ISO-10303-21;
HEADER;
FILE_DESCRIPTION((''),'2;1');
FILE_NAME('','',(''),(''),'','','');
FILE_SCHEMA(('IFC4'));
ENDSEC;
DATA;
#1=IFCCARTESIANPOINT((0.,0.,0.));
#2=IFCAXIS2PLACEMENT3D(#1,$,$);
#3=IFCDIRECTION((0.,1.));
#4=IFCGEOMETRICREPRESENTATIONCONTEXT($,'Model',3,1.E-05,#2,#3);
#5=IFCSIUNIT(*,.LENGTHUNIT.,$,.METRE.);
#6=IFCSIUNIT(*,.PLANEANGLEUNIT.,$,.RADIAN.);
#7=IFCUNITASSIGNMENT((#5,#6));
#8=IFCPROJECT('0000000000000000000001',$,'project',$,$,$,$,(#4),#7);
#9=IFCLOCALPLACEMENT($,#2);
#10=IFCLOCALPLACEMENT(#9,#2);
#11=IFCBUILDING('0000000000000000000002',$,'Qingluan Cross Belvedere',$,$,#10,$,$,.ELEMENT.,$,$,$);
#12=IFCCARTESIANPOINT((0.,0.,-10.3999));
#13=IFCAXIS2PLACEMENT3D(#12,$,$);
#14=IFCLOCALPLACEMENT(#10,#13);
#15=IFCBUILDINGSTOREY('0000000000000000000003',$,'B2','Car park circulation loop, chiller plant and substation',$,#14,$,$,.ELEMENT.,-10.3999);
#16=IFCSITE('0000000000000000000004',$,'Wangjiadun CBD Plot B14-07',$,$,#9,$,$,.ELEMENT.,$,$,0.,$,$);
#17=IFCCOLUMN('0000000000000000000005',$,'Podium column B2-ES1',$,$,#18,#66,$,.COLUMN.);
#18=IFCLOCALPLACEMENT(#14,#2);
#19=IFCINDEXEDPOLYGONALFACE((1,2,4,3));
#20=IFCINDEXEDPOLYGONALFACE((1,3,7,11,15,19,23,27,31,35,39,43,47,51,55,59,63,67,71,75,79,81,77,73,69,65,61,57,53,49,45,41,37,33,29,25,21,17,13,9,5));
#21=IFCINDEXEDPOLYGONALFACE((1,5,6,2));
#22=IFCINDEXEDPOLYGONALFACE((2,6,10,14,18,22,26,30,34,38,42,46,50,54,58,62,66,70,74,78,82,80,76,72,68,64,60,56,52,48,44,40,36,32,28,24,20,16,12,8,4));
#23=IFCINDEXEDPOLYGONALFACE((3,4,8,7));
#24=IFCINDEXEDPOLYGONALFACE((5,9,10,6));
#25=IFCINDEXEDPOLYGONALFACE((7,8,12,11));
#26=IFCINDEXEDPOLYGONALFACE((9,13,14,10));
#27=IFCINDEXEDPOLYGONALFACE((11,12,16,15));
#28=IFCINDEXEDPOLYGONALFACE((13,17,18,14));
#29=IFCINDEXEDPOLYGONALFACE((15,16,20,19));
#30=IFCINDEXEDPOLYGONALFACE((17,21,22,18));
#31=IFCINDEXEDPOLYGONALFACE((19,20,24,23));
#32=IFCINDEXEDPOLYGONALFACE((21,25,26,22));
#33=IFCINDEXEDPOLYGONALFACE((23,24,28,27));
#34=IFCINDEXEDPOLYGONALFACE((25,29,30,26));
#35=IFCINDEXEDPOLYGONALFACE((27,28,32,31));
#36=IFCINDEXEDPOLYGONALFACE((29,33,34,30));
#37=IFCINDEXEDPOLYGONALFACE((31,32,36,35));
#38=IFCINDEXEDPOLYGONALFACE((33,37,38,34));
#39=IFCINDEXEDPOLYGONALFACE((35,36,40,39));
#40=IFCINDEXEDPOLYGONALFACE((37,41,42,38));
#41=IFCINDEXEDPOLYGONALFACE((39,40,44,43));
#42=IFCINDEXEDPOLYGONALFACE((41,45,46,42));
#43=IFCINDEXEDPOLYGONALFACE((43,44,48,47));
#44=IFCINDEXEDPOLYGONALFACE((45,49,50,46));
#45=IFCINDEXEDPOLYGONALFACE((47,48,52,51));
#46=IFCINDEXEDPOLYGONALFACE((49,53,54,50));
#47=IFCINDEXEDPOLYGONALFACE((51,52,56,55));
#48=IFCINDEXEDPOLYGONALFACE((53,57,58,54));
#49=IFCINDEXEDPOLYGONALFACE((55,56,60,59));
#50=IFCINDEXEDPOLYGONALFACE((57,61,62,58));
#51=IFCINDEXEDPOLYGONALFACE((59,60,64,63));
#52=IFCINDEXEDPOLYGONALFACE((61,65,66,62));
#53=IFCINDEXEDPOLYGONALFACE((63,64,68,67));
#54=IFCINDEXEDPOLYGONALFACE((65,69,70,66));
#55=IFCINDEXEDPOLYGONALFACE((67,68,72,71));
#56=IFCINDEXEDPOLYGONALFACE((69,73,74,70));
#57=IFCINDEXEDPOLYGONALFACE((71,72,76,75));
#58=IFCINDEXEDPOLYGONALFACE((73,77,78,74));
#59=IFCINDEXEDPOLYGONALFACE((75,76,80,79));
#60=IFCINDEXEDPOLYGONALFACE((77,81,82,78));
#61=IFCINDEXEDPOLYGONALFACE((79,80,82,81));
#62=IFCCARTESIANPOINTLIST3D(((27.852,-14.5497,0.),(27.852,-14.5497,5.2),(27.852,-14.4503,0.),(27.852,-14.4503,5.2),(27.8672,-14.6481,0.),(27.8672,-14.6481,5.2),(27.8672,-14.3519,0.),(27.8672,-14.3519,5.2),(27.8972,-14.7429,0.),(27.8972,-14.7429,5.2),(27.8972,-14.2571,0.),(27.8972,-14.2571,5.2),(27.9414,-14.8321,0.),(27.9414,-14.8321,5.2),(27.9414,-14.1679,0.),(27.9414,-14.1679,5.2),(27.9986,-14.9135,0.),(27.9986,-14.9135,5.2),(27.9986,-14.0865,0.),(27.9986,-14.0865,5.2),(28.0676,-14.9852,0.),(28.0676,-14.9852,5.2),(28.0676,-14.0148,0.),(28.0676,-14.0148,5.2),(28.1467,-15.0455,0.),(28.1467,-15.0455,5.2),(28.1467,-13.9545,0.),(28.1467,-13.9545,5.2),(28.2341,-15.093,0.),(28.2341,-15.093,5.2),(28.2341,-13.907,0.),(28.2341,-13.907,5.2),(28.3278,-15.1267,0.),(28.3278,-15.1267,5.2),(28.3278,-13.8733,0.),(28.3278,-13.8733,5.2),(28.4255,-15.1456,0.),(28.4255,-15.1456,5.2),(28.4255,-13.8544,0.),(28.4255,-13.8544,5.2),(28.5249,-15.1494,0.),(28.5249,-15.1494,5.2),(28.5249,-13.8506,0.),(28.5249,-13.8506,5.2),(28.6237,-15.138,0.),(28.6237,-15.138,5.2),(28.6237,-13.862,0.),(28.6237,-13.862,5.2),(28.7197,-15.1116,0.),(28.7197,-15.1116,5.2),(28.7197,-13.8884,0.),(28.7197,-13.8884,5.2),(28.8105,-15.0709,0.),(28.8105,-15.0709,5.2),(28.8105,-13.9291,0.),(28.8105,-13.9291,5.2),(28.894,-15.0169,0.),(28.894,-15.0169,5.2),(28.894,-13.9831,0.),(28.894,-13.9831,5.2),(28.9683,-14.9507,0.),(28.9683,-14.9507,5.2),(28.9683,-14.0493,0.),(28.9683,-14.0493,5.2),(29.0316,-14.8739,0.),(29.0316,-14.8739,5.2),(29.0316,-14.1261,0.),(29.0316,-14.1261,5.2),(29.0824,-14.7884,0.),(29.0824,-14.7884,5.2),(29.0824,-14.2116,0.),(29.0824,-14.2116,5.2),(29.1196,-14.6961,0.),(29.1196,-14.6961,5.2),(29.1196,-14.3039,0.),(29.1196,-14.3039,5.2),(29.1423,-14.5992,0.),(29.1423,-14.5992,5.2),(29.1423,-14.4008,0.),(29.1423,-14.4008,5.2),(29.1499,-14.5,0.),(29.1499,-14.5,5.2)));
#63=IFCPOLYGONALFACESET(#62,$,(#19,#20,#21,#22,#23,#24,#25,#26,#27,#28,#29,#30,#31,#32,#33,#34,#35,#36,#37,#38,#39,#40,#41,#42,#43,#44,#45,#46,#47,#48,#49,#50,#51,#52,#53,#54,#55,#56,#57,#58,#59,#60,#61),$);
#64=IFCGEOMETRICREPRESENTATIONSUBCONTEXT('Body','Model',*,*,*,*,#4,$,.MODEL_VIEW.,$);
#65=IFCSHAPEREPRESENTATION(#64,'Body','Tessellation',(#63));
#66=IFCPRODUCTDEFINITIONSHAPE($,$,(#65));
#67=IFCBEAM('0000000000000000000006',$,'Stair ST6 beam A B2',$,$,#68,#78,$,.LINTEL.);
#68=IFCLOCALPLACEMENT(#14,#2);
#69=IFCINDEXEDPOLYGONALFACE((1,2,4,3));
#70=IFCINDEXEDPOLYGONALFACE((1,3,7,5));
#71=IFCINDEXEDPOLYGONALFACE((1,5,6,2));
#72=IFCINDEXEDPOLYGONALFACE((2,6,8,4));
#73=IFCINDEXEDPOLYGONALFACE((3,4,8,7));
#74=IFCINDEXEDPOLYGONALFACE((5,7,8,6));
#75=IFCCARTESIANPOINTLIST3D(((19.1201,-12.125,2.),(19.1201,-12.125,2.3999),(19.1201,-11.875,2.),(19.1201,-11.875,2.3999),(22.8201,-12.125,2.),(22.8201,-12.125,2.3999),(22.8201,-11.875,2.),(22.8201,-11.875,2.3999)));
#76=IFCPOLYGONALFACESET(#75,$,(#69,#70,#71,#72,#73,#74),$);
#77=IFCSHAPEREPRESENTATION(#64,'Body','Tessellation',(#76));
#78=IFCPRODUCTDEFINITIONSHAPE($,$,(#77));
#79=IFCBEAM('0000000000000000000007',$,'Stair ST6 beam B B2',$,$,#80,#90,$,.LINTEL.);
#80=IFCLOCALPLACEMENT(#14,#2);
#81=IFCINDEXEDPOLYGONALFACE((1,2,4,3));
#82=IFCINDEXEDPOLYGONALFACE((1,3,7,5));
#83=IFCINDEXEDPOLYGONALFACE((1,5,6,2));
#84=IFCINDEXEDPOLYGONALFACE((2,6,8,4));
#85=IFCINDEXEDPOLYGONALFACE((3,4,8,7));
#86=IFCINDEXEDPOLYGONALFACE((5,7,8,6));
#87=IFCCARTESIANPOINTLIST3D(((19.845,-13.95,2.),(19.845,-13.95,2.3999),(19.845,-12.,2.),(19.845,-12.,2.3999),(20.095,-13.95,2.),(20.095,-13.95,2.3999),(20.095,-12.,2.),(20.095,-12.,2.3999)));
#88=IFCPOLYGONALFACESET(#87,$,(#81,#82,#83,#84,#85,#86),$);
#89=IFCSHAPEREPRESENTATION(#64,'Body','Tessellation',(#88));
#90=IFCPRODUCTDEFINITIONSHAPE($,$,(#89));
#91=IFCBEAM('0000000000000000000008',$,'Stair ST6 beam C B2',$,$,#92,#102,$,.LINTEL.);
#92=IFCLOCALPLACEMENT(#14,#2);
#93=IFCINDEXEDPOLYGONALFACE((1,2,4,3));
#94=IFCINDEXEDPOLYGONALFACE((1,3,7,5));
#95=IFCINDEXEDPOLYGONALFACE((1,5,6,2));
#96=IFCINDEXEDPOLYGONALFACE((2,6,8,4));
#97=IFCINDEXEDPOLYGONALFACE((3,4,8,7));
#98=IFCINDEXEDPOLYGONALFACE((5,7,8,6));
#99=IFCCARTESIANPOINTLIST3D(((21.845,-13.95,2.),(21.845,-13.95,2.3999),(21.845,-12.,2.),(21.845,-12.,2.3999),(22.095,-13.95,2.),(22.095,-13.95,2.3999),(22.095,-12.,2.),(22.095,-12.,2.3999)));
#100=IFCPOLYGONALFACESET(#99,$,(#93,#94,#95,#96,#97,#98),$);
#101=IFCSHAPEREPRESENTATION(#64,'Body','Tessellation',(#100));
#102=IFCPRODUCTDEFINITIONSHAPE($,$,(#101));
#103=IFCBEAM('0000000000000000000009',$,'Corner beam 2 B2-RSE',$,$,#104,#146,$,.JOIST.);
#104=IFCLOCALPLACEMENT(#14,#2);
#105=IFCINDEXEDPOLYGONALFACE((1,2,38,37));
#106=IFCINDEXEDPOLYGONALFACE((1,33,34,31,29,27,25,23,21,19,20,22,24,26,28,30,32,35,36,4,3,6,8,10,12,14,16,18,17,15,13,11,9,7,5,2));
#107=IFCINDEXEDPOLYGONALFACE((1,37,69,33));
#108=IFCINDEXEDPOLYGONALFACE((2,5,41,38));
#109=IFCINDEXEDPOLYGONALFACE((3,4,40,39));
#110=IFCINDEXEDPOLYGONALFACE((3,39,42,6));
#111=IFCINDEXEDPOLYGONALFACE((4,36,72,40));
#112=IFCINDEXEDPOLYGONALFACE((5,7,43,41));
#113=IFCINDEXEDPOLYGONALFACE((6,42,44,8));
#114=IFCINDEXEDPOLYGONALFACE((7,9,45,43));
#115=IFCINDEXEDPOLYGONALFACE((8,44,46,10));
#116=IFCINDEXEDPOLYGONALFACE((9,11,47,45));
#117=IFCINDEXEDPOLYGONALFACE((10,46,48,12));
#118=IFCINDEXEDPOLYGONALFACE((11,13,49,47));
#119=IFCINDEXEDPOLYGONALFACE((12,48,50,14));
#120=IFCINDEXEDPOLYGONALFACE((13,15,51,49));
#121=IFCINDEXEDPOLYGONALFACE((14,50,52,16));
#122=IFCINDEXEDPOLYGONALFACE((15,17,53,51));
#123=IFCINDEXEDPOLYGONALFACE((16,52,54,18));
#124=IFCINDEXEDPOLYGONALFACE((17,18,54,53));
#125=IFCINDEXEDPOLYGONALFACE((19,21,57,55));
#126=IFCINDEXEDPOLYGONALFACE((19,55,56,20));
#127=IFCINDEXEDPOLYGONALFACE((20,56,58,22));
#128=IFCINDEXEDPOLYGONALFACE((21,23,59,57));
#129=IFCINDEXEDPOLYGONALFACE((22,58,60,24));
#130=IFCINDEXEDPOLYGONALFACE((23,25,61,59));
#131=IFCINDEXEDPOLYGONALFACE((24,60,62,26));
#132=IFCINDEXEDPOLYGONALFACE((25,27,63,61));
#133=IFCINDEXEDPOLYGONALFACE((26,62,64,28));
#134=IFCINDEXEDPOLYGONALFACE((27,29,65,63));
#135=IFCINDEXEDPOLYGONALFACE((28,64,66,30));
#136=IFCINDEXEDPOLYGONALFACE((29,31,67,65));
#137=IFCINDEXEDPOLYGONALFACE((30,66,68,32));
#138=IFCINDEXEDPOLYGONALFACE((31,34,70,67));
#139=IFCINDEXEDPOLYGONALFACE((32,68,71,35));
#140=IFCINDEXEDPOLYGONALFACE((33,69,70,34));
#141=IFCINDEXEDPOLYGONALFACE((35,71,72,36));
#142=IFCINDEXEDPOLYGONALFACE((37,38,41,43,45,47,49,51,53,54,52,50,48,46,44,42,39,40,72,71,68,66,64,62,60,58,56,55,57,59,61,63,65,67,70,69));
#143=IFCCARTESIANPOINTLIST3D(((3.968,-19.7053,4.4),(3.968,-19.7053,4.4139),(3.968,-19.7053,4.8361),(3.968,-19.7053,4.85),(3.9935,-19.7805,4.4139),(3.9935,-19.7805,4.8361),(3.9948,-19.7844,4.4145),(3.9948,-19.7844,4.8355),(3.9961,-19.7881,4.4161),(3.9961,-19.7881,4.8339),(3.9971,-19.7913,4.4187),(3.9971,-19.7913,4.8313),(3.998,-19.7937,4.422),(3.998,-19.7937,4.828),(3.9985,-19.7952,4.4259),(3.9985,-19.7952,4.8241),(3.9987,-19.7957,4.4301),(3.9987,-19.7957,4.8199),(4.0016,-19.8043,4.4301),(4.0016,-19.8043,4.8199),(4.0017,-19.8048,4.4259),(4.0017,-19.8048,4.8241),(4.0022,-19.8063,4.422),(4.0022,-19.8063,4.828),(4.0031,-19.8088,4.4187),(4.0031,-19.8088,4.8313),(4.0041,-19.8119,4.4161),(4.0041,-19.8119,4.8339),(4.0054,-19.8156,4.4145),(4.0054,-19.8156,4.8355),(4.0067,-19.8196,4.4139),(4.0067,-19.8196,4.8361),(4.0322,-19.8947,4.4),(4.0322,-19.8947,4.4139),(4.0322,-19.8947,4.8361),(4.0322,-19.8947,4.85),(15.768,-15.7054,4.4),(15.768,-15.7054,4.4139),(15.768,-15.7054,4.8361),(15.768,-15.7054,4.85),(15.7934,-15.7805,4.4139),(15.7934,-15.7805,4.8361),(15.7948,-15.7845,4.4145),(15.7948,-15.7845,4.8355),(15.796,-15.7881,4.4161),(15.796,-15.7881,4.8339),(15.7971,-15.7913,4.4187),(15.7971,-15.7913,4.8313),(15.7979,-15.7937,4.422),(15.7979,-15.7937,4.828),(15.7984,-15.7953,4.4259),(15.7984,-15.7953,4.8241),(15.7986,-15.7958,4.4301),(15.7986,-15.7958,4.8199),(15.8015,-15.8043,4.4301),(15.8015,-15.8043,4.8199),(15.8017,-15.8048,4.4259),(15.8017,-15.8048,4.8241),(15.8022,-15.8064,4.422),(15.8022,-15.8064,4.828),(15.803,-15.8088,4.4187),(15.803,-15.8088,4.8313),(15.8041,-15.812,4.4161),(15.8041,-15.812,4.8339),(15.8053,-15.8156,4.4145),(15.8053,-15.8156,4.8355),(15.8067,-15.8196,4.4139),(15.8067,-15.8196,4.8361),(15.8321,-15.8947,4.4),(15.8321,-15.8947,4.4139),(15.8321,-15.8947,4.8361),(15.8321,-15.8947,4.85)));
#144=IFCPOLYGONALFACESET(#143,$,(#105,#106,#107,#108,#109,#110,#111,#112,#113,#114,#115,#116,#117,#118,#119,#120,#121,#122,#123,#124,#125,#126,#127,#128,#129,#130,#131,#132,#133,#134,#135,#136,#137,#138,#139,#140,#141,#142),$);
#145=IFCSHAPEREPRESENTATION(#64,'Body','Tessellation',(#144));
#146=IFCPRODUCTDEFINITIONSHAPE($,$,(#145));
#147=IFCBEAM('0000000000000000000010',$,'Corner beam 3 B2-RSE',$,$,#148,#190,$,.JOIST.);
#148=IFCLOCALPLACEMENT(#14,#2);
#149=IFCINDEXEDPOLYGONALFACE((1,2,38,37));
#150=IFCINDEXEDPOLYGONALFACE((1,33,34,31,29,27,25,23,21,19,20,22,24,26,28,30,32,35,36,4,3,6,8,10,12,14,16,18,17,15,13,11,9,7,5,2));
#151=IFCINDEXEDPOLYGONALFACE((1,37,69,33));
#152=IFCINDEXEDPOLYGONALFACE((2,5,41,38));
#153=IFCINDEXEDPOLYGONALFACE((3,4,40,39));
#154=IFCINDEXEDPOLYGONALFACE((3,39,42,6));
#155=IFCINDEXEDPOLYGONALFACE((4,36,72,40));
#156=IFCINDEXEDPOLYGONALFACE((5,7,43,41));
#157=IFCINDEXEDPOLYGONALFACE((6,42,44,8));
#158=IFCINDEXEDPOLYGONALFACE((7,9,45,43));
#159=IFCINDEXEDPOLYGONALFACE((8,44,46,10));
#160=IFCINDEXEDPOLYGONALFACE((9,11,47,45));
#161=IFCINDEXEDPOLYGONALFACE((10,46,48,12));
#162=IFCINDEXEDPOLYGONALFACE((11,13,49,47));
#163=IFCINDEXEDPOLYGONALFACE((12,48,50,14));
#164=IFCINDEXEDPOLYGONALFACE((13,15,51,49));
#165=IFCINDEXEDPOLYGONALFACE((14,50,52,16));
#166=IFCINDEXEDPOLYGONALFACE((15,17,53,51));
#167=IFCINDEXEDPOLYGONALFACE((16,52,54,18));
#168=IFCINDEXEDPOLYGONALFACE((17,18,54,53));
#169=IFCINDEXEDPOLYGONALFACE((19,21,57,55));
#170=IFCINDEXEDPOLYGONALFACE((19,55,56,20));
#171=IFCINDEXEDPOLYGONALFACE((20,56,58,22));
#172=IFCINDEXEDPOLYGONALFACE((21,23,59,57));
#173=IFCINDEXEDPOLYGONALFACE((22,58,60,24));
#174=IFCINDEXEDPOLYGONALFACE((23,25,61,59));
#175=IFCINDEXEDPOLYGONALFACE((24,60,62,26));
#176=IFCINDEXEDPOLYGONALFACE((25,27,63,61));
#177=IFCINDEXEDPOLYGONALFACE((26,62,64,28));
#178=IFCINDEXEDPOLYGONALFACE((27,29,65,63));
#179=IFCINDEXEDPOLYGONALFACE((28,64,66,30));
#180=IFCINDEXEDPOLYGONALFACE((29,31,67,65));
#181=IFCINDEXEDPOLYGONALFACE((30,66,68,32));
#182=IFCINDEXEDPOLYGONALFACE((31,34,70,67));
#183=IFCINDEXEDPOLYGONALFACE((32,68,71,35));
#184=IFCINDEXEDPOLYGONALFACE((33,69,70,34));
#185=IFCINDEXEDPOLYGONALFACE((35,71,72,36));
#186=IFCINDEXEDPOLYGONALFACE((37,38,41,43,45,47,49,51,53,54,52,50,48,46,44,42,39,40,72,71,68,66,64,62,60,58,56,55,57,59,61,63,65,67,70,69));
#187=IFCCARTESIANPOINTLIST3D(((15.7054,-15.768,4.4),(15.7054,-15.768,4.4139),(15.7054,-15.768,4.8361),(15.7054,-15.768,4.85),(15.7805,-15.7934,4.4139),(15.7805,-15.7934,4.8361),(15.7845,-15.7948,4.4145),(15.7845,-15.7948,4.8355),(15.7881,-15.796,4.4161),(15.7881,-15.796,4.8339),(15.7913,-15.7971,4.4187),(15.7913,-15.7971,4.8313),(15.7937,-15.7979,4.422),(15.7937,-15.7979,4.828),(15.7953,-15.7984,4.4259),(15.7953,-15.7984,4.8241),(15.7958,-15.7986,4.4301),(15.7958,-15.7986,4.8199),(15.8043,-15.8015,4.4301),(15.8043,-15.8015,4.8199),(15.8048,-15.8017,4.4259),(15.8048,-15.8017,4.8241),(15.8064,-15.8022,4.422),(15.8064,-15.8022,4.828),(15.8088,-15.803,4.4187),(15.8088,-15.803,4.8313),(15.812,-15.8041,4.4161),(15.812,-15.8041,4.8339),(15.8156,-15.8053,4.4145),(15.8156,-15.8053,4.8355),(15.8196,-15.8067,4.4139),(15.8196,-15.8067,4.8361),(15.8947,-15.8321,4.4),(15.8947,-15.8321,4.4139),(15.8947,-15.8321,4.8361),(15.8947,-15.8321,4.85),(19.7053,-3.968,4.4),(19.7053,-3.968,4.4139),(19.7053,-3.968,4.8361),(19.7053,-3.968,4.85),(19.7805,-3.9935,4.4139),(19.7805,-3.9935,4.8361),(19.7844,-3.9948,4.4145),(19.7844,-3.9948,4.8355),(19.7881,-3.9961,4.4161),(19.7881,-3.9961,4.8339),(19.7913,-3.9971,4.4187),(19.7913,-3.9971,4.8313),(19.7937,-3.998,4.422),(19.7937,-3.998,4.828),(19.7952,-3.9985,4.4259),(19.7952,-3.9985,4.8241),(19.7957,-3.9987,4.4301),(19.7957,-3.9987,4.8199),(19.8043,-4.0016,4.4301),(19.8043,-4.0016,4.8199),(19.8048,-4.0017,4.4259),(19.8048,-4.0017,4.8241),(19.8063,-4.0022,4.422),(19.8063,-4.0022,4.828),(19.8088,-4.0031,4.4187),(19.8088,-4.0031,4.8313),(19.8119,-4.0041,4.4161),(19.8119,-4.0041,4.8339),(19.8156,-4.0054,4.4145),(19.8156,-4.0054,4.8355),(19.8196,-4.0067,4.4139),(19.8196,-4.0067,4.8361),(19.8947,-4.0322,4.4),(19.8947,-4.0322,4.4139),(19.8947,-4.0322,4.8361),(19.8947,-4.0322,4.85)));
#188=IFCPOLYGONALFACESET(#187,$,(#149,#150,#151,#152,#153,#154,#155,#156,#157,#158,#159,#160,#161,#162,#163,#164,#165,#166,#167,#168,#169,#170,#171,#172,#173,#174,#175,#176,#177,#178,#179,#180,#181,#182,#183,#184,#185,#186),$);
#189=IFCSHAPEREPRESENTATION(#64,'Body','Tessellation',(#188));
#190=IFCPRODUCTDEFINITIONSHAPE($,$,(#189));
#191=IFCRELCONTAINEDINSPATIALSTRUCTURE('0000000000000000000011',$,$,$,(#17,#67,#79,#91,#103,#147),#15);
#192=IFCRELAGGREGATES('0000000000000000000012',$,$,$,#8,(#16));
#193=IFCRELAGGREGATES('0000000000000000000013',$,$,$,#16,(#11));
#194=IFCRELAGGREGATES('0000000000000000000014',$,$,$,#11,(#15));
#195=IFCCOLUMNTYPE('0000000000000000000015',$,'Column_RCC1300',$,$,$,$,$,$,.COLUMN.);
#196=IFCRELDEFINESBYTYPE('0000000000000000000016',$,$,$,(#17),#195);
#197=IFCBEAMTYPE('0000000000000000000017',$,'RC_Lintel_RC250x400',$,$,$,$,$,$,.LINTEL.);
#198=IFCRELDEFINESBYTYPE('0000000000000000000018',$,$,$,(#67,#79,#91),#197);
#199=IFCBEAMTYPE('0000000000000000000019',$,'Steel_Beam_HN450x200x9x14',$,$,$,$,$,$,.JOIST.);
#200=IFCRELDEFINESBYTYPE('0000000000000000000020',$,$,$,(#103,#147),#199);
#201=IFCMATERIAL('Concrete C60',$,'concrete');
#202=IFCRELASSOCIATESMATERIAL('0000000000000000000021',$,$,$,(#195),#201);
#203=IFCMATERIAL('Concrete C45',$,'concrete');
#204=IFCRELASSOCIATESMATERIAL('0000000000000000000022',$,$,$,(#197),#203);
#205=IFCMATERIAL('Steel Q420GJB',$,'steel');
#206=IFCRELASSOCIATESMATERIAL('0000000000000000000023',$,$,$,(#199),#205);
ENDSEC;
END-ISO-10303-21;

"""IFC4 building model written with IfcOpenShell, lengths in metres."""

from ifc_helpers import new_model, si_unit, direction, frame, origin, origin_2d, place, context, subcontext, project, spatial, rectangle, circle, i_section, extrude, material, material_profile, profile_set, type_object, element, save


model = new_model("IFC4")

# Units and contexts
model_context = context("Model", 3, precision=1e-05, world=origin(), true_north=direction((0.0, 1.0)))
body_context = subcontext(model_context, "Body", "Model", "MODEL_VIEW")
ifc_project = project(units=[si_unit("LENGTHUNIT", "METRE"), si_unit("PLANEANGLEUNIT", "RADIAN")], contexts=[model_context])

# Site, building, storey
site_placement = place(None, origin())
site = spatial("IfcSite", under=ifc_project, at=site_placement, Name="Wangjiadun CBD Plot B14-07", CompositionType="ELEMENT", RefElevation=0.0)
building_placement = place(site_placement, origin())
building = spatial("IfcBuilding", under=site, at=building_placement, Name="Qingluan Cross Belvedere", CompositionType="ELEMENT")
storey_placement = place(building_placement, frame((0.0, 0.0, -10.3999)))
storey = spatial("IfcBuildingStorey", under=building, at=storey_placement, Name="B2", Description="Car park circulation loop, chiller plant and substation", CompositionType="ELEMENT", Elevation=-10.3999)

# Column
ifc_material_1 = material(Name="Concrete C60", Category="concrete")
ifc_material_profile_1 = material_profile(ifc_material_1, circle(Radius=0.6499, at=origin_2d()), Name="RCC1300")
ifc_profile_set_1 = profile_set([ifc_material_profile_1], Name="Concrete C60")
column_type = type_object("IfcColumnType", Name="Column_RCC1300", PredefinedType="COLUMN", material=ifc_profile_set_1)
column_placement = place(storey_placement, frame((28.5, -14.5, 0.0), z_axis=(0.0, 0.0, 1.0), x_axis=(1.0, 0.0, 0.0)))
element("IfcColumn", 1, at=column_placement, inside=storey, type_object=column_type, Name="Podium column B2-ES1", PredefinedType="COLUMN", context=body_context, shape_type="SweptSolid", body=[
    extrude(circle(Radius=0.6499, at=origin_2d()), origin(), (0.0, 0.0, 1.0), 5.2),
])

# Beams
ifc_material_2 = material(Name="Concrete C45", Category="concrete")
ifc_material_profile_2 = material_profile(ifc_material_2, rectangle(XDim=0.25, YDim=0.3999, at=origin_2d()), Name="RC250x400")
ifc_profile_set_2 = profile_set([ifc_material_profile_2], Name="Concrete C45")
beam_type_1 = type_object("IfcBeamType", Name="RC_Lintel_RC250x400", PredefinedType="LINTEL", material=ifc_profile_set_2)
beam_1_placement = place(storey_placement, frame((19.1201, -12.0, 2.2), z_axis=(1.0, 0.0, 0.0), x_axis=(0.0, 1.0, 0.0)))
element("IfcBeam", 2, at=beam_1_placement, inside=storey, type_object=beam_type_1, Name="Stair ST6 beam A B2", PredefinedType="LINTEL", context=body_context, shape_type="SweptSolid", body=[
    extrude(rectangle(XDim=0.25, YDim=0.3999, at=origin_2d()), origin(), (0.0, 0.0, 1.0), 3.7),
])
for number, where, z_axis, x_axis, name in (
    (3, (19.97, -13.95, 2.2), (0.0, 1.0, 0.0), (-1.0, 0.0, 0.0), "Stair ST6 beam B B2"),
    (4, (21.97, -13.95, 2.2), (0.0, 1.0, 0.0), (-1.0, 0.0, 0.0), "Stair ST6 beam C B2"),
):
    element("IfcBeam", number, at=place(storey_placement, frame(where, z_axis=z_axis, x_axis=x_axis)), inside=storey, type_object=beam_type_1, Name=name, PredefinedType="LINTEL", context=body_context, shape_type="SweptSolid", body=[
        extrude(rectangle(XDim=0.25, YDim=0.3999, at=origin_2d()), origin(), (0.0, 0.0, 1.0), 1.95),
    ])
ifc_material_3 = material(Name="Steel Q420GJB", Category="steel")
ifc_material_profile_3 = material_profile(ifc_material_3, i_section(OverallWidth=0.2, OverallDepth=0.45, WebThickness=0.009, FlangeThickness=0.0139, FilletRadius=0.0161, at=origin_2d()), Name="HN450x200x9x14")
ifc_profile_set_3 = profile_set([ifc_material_profile_3], Name="Steel Q420GJB")
beam_type_2 = type_object("IfcBeamType", Name="Steel_Beam_HN450x200x9x14", PredefinedType="JOIST", material=ifc_profile_set_3)
for number, where, z_axis, x_axis, name in (
    (5, (15.8, -15.8, 4.625), (-0.947066, -0.321038, 0.0), (0.321038, -0.947066, 0.0), "Corner beam 2 B2-RSE"),
    (6, (15.8, -15.8, 4.625), (0.321038, 0.947066, 0.0), (-0.947066, 0.321038, 0.0), "Corner beam 3 B2-RSE"),
):
    element("IfcBeam", number, at=place(storey_placement, frame(where, z_axis=z_axis, x_axis=x_axis)), inside=storey, type_object=beam_type_2, Name=name, PredefinedType="JOIST", context=body_context, shape_type="SweptSolid", body=[
        extrude(i_section(OverallWidth=0.2, OverallDepth=0.45, WebThickness=0.009, FlangeThickness=0.0139, FilletRadius=0.0161, at=origin_2d()), origin(), (0.0, 0.0, 1.0), 12.4595),
    ])

save(model, "model.ifc")
